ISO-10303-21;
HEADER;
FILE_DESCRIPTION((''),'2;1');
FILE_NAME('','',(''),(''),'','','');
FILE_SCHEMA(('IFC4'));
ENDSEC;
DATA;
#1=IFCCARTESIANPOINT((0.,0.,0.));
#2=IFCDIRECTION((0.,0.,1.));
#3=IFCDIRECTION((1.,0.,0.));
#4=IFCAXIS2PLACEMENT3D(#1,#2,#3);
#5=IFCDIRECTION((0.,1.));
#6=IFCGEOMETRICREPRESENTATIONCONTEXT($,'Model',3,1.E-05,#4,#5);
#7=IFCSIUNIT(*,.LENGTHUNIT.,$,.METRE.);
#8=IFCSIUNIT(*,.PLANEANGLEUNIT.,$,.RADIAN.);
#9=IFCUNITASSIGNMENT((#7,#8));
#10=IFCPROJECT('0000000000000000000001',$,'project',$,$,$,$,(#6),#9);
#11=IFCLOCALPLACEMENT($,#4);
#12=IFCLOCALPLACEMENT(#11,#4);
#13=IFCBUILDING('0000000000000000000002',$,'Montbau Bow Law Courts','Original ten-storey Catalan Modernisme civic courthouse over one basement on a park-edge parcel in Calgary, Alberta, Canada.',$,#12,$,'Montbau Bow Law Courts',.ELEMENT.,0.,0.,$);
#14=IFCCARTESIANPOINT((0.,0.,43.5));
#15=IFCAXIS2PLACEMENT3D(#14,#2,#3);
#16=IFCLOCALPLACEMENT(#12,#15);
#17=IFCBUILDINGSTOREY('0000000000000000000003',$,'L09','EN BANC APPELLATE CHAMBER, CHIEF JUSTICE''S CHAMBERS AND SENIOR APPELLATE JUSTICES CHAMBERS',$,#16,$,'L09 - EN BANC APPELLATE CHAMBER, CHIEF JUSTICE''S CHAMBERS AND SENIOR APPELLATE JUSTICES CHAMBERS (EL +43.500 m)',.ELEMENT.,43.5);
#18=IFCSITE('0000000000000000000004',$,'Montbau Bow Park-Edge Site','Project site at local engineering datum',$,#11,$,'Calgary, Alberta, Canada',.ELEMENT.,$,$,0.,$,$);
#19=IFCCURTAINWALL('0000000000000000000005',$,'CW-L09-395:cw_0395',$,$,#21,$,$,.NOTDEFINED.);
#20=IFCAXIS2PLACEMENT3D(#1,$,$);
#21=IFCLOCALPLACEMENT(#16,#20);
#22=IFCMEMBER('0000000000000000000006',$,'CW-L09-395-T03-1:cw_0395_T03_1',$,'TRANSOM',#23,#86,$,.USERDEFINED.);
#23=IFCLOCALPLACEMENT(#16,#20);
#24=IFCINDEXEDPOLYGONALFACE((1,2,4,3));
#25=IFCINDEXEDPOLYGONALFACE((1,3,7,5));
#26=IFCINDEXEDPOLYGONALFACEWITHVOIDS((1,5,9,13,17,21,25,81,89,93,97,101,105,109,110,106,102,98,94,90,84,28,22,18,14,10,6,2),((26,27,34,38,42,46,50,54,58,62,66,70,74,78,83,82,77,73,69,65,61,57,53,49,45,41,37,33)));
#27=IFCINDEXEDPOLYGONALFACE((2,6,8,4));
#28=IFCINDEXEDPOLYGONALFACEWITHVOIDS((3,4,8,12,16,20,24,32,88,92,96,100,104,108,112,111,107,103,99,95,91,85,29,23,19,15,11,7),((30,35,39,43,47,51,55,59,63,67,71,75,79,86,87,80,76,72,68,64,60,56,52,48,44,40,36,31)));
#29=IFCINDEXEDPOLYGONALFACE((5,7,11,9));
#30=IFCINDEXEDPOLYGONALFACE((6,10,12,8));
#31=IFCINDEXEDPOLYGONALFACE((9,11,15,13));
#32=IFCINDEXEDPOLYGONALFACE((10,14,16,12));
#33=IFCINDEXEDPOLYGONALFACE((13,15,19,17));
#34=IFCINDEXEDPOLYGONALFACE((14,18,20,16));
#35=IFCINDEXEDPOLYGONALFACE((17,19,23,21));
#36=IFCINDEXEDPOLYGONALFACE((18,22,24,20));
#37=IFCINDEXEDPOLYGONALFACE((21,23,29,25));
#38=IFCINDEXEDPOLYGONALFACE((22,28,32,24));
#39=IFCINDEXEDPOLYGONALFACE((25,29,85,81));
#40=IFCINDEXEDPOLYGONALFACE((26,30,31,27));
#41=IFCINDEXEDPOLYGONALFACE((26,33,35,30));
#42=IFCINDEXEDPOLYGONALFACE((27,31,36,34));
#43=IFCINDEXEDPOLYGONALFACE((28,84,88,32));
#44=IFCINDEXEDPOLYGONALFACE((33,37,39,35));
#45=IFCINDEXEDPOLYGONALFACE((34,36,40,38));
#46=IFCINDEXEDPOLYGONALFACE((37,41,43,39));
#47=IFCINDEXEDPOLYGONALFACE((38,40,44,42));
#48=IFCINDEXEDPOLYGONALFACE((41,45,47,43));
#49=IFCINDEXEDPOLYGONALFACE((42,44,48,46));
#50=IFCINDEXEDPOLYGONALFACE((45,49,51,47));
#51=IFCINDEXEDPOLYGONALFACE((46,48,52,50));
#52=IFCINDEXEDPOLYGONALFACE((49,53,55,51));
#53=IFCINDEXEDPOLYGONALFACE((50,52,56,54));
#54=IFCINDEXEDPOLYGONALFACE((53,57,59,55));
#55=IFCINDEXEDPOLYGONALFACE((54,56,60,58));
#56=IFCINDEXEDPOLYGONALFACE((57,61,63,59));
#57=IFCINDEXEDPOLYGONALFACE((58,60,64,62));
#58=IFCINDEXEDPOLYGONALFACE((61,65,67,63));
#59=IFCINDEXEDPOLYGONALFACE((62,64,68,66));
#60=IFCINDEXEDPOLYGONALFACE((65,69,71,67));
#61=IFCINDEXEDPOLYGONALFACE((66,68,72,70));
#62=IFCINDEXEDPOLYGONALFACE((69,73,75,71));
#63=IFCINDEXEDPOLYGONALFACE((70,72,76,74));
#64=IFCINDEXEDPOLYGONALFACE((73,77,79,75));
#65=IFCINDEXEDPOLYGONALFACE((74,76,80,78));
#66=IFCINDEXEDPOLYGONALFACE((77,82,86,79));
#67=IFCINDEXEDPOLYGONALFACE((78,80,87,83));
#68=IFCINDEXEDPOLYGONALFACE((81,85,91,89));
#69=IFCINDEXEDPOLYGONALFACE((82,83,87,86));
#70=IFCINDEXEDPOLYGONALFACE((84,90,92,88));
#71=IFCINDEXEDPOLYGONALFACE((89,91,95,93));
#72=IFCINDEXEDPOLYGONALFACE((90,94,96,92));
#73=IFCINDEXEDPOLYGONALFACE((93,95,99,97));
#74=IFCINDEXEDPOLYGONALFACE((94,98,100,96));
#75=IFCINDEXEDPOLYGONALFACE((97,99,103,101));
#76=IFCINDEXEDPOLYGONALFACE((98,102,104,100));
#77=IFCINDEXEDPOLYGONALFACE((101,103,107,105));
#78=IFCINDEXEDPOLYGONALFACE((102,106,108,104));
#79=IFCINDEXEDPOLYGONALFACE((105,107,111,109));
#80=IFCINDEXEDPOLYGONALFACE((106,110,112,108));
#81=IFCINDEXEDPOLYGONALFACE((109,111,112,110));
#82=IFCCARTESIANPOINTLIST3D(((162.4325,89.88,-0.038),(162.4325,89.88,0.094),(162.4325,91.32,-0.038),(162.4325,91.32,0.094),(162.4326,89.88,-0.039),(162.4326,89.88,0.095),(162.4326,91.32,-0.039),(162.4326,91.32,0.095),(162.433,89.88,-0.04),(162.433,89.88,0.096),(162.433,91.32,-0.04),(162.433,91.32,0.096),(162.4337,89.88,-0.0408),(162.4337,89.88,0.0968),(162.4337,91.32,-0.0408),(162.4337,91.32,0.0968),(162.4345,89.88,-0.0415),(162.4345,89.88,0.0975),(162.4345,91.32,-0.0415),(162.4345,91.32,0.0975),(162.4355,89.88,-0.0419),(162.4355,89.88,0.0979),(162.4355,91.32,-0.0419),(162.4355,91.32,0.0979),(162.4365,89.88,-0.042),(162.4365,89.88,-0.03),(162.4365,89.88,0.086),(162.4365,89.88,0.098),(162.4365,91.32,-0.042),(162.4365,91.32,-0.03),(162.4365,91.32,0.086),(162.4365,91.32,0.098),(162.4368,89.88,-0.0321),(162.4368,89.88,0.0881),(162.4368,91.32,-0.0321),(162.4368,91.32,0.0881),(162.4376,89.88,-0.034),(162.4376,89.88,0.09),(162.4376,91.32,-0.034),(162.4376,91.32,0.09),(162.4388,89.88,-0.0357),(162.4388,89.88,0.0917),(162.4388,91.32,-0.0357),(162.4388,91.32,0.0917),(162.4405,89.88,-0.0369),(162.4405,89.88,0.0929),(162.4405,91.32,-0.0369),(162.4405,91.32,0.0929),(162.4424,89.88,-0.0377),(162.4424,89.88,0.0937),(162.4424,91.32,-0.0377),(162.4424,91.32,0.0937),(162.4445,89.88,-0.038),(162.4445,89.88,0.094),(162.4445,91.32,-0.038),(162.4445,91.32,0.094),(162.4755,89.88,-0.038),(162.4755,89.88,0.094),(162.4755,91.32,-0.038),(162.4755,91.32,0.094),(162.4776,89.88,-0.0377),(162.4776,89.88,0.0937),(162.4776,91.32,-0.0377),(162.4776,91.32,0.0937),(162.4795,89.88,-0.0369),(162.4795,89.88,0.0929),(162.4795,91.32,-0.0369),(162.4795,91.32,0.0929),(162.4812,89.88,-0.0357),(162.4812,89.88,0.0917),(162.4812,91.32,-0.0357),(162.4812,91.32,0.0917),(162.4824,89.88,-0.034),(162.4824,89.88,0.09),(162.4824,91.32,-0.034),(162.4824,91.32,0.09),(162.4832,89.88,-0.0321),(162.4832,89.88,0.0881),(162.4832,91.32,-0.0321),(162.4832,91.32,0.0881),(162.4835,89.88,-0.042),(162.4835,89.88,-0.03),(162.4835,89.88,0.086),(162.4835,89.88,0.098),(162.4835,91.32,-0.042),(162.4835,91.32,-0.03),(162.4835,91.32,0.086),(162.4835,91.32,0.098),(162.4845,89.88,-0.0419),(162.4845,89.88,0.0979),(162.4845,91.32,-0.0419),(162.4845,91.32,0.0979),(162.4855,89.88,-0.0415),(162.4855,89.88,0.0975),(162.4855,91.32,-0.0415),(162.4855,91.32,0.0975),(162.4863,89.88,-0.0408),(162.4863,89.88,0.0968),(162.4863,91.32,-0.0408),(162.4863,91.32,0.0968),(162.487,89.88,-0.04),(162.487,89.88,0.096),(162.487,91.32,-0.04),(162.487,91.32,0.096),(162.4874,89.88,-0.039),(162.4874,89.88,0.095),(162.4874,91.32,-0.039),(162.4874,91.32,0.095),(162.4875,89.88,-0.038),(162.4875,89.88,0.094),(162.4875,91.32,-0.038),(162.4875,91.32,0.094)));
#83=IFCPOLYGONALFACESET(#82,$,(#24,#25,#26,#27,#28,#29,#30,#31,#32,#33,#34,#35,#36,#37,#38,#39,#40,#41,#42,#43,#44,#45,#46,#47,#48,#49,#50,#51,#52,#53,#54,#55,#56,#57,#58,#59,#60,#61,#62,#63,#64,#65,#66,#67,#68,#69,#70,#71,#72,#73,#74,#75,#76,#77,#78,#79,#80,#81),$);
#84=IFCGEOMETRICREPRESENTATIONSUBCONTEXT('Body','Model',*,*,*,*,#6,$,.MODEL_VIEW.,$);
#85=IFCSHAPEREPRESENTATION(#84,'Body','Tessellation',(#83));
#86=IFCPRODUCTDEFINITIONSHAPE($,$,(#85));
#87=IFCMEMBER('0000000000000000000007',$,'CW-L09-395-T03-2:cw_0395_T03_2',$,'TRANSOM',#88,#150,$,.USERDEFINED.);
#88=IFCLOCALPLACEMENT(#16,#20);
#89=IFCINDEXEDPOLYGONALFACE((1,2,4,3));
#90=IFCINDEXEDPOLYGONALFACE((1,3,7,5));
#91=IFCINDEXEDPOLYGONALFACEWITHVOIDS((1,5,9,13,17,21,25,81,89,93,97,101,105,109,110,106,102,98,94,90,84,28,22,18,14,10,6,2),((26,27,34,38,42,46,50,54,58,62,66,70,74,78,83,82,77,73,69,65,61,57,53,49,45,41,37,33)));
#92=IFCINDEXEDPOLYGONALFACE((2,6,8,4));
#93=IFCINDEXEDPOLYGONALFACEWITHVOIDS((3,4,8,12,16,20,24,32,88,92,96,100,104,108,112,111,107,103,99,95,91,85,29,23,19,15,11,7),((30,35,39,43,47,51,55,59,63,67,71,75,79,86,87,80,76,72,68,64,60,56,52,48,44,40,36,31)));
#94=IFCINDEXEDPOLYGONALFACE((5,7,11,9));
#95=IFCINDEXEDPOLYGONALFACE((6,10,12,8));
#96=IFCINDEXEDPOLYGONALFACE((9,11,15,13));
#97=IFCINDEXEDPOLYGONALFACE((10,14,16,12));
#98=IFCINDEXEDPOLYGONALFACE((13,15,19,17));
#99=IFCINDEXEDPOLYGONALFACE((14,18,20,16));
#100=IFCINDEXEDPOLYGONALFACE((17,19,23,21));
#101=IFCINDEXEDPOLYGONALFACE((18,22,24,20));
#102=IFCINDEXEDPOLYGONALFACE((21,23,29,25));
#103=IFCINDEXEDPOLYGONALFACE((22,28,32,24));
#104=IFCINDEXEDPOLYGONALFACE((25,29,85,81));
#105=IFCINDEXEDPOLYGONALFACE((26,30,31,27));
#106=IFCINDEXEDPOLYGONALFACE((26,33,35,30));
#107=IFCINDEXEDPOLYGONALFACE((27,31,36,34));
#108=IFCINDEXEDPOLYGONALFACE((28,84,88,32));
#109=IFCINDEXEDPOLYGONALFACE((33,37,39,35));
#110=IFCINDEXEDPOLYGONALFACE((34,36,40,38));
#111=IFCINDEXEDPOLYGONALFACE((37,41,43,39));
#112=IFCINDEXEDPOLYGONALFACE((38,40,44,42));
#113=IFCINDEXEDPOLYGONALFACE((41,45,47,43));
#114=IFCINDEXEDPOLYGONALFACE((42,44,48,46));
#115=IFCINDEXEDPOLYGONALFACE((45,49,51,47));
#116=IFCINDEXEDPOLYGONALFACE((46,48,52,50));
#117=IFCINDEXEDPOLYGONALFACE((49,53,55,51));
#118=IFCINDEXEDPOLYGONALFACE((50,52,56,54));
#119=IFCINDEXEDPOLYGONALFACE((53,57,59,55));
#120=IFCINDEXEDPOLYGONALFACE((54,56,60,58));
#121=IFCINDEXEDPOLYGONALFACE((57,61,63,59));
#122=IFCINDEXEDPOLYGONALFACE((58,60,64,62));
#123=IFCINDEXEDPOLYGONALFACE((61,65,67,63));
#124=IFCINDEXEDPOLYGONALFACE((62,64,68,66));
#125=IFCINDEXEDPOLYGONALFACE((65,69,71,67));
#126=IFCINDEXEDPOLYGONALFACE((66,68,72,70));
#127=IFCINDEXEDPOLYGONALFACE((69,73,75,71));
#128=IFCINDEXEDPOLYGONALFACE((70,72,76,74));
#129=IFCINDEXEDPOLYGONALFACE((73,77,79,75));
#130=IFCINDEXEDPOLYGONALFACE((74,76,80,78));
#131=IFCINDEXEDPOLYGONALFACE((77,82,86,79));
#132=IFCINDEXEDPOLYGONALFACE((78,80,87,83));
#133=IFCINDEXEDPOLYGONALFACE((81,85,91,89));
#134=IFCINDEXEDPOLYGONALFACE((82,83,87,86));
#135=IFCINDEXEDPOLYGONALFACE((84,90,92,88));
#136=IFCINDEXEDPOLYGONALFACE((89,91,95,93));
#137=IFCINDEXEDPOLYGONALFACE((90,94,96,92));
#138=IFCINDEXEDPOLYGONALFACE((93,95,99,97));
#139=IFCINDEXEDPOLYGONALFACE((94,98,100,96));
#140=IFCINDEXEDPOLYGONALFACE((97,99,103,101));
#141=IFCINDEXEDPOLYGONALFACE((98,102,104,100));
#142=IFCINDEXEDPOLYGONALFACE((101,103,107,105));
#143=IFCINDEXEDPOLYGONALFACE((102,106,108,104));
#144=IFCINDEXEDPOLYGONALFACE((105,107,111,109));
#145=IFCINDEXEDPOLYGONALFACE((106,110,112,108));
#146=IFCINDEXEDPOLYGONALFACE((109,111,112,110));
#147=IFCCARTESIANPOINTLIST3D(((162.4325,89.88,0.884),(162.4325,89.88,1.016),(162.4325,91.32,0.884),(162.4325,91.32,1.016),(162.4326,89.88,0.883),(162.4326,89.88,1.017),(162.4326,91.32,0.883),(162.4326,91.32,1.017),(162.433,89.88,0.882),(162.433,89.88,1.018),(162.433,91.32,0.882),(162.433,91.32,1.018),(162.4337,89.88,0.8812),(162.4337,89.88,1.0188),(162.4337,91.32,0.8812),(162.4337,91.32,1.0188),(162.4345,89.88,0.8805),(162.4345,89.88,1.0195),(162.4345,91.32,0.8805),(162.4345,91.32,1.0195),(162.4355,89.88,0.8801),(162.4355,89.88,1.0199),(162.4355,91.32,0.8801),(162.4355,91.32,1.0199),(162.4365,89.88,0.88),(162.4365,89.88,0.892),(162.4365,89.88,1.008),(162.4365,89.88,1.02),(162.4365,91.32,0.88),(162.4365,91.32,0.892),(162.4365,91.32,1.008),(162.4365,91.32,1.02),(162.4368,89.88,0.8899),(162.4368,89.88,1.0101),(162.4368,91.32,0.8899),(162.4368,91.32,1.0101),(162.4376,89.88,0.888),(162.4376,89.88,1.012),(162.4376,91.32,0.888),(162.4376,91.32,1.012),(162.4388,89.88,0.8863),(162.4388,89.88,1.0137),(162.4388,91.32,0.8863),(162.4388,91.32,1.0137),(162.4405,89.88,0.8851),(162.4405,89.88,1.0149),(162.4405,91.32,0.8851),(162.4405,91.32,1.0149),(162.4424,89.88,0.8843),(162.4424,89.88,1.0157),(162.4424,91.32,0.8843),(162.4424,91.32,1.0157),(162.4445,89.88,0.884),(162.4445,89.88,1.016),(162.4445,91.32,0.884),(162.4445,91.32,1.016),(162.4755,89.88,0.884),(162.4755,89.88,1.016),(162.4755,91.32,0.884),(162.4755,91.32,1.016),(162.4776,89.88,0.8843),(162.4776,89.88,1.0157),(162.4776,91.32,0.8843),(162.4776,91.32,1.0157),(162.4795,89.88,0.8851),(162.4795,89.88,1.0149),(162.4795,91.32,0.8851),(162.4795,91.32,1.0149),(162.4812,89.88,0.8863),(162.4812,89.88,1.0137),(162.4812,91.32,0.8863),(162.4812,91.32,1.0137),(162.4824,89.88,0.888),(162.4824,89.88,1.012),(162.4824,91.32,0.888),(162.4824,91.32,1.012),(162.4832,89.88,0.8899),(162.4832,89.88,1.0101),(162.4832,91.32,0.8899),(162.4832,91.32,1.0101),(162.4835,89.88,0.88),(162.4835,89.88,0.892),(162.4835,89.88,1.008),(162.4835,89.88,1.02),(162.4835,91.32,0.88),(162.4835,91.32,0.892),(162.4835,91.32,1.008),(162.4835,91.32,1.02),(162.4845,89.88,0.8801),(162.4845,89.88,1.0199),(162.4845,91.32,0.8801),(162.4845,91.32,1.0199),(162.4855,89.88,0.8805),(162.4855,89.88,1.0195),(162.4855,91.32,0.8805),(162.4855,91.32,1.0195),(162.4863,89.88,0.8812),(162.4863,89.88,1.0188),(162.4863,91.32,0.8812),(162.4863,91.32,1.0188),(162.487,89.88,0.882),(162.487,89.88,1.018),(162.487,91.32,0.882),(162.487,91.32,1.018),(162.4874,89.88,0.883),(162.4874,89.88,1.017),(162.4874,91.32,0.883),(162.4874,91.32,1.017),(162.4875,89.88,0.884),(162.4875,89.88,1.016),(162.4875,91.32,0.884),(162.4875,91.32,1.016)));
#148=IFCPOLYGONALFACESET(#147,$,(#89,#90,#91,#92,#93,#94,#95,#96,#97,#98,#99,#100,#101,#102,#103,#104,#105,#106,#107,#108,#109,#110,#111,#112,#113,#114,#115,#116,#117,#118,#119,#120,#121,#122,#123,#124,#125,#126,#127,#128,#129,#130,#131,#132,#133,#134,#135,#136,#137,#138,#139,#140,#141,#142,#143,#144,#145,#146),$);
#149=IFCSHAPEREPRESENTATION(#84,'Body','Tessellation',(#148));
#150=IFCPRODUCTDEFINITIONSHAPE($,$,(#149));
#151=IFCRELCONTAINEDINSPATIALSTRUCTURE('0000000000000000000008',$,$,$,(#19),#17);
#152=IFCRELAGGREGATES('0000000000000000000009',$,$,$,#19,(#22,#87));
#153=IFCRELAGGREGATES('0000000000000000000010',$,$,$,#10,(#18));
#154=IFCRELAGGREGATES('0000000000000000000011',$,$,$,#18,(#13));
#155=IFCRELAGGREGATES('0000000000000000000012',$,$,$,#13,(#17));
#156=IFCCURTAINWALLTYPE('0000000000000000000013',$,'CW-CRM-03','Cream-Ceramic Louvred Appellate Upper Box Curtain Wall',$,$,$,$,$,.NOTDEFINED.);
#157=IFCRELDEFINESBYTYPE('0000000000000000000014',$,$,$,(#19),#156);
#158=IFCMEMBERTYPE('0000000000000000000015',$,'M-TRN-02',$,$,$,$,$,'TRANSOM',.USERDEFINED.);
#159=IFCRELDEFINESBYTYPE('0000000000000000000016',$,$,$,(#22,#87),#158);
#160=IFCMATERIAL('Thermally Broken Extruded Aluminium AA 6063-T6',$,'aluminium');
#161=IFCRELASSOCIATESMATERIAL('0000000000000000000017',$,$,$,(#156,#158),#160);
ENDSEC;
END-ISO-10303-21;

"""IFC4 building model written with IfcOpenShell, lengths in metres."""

from ifc_helpers import new_model, si_unit, direction, frame, origin_with_axes, origin_2d_with_axis, place, context, subcontext, project, spatial, hollow_rectangle, extrude, material, material_profile, profile_set, type_object, element, aggregate, save


model = new_model("IFC4")

# Units and contexts
model_context = context("Model", 3, precision=1e-05, world=origin_with_axes(), true_north=direction((0.0, 1.0)))
body_context = subcontext(model_context, "Body", "Model", "MODEL_VIEW")
ifc_project = project(units=[si_unit("LENGTHUNIT", "METRE"), si_unit("PLANEANGLEUNIT", "RADIAN")], contexts=[model_context])

# Site, building, storey
site_placement = place(None, origin_with_axes())
site = spatial("IfcSite", under=ifc_project, at=site_placement, Name="Montbau Bow Park-Edge Site", Description="Project site at local engineering datum", LongName="Calgary, Alberta, Canada", CompositionType="ELEMENT", RefElevation=0.0)
building_placement = place(site_placement, origin_with_axes())
building = spatial("IfcBuilding", under=site, at=building_placement, Name="Montbau Bow Law Courts", Description="Original ten-storey Catalan Modernisme civic courthouse over one basement on a park-edge parcel in Calgary, Alberta, Canada.", LongName="Montbau Bow Law Courts", CompositionType="ELEMENT", ElevationOfRefHeight=0.0, ElevationOfTerrain=0.0)
storey_placement = place(building_placement, frame((0.0, 0.0, 43.5), z_axis=(0.0, 0.0, 1.0), x_axis=(1.0, 0.0, 0.0)))
storey = spatial("IfcBuildingStorey", under=building, at=storey_placement, Name="L09", Description="EN BANC APPELLATE CHAMBER, CHIEF JUSTICE'S CHAMBERS AND SENIOR APPELLATE JUSTICES CHAMBERS", LongName="L09 - EN BANC APPELLATE CHAMBER, CHIEF JUSTICE'S CHAMBERS AND SENIOR APPELLATE JUSTICES CHAMBERS (EL +43.500 m)", CompositionType="ELEMENT", Elevation=43.5)

# Curtain wall, members
ifc_material_1 = material(Name="Thermally Broken Extruded Aluminium AA 6063-T6", Category="aluminium")
curtain_wall_type = type_object("IfcCurtainWallType", Name="CW-CRM-03", Description="Cream-Ceramic Louvred Appellate Upper Box Curtain Wall", PredefinedType="NOTDEFINED", material=ifc_material_1)
curtain_wall_placement = place(None, frame((162.46, 86.84, 43.5), z_axis=(0.0, 0.0, 1.0), x_axis=(1.0, 0.0, 0.0)))
curtain_wall = element("IfcCurtainWall", 1, at=curtain_wall_placement, inside=storey, type_object=curtain_wall_type, Name="CW-L09-395:cw_0395", PredefinedType="NOTDEFINED")
ifc_material_profile_1 = material_profile(ifc_material_1, hollow_rectangle(XDim=0.055, YDim=0.14, WallThickness=0.004, InnerFilletRadius=0.008, OuterFilletRadius=0.004, at=origin_2d_with_axis()), Name="CWT-140X55", Category="Main", Priority=0)
ifc_profile_set_1 = profile_set([ifc_material_profile_1], Name="Thermally Broken Extruded Aluminium AA 6063-T6")
member_type_1 = type_object("IfcMemberType", Name="M-TRN-02", ElementType="TRANSOM", PredefinedType="USERDEFINED", material=ifc_profile_set_1)
member_1_placement = place(None, frame((162.46, 89.88, 43.528), z_axis=(0.0, 1.0, 0.0), x_axis=(-1.0, 0.0, 0.0)))
member_1 = element("IfcMember", 2, at=member_1_placement, type_object=member_type_1, Name="CW-L09-395-T03-1:cw_0395_T03_1", ObjectType="TRANSOM", PredefinedType="USERDEFINED", context=body_context, shape_type="SweptSolid", body=[
    extrude(hollow_rectangle(XDim=0.055, YDim=0.14, WallThickness=0.004, InnerFilletRadius=0.008, OuterFilletRadius=0.004, at=origin_2d_with_axis()), origin_with_axes(), (0.0, 0.0, 1.0), 1.44),
])
member_2_placement = place(None, frame((162.46, 89.88, 44.45), z_axis=(0.0, 1.0, 0.0), x_axis=(-1.0, 0.0, 0.0)))
member_2 = element("IfcMember", 3, at=member_2_placement, type_object=member_type_1, Name="CW-L09-395-T03-2:cw_0395_T03_2", ObjectType="TRANSOM", PredefinedType="USERDEFINED", context=body_context, shape_type="SweptSolid", body=[
    extrude(hollow_rectangle(XDim=0.055, YDim=0.14, WallThickness=0.004, InnerFilletRadius=0.008, OuterFilletRadius=0.004, at=origin_2d_with_axis()), origin_with_axes(), (0.0, 0.0, 1.0), 1.44),
])
aggregate(curtain_wall, [member_1, member_2])

save(model, "model.ifc")
